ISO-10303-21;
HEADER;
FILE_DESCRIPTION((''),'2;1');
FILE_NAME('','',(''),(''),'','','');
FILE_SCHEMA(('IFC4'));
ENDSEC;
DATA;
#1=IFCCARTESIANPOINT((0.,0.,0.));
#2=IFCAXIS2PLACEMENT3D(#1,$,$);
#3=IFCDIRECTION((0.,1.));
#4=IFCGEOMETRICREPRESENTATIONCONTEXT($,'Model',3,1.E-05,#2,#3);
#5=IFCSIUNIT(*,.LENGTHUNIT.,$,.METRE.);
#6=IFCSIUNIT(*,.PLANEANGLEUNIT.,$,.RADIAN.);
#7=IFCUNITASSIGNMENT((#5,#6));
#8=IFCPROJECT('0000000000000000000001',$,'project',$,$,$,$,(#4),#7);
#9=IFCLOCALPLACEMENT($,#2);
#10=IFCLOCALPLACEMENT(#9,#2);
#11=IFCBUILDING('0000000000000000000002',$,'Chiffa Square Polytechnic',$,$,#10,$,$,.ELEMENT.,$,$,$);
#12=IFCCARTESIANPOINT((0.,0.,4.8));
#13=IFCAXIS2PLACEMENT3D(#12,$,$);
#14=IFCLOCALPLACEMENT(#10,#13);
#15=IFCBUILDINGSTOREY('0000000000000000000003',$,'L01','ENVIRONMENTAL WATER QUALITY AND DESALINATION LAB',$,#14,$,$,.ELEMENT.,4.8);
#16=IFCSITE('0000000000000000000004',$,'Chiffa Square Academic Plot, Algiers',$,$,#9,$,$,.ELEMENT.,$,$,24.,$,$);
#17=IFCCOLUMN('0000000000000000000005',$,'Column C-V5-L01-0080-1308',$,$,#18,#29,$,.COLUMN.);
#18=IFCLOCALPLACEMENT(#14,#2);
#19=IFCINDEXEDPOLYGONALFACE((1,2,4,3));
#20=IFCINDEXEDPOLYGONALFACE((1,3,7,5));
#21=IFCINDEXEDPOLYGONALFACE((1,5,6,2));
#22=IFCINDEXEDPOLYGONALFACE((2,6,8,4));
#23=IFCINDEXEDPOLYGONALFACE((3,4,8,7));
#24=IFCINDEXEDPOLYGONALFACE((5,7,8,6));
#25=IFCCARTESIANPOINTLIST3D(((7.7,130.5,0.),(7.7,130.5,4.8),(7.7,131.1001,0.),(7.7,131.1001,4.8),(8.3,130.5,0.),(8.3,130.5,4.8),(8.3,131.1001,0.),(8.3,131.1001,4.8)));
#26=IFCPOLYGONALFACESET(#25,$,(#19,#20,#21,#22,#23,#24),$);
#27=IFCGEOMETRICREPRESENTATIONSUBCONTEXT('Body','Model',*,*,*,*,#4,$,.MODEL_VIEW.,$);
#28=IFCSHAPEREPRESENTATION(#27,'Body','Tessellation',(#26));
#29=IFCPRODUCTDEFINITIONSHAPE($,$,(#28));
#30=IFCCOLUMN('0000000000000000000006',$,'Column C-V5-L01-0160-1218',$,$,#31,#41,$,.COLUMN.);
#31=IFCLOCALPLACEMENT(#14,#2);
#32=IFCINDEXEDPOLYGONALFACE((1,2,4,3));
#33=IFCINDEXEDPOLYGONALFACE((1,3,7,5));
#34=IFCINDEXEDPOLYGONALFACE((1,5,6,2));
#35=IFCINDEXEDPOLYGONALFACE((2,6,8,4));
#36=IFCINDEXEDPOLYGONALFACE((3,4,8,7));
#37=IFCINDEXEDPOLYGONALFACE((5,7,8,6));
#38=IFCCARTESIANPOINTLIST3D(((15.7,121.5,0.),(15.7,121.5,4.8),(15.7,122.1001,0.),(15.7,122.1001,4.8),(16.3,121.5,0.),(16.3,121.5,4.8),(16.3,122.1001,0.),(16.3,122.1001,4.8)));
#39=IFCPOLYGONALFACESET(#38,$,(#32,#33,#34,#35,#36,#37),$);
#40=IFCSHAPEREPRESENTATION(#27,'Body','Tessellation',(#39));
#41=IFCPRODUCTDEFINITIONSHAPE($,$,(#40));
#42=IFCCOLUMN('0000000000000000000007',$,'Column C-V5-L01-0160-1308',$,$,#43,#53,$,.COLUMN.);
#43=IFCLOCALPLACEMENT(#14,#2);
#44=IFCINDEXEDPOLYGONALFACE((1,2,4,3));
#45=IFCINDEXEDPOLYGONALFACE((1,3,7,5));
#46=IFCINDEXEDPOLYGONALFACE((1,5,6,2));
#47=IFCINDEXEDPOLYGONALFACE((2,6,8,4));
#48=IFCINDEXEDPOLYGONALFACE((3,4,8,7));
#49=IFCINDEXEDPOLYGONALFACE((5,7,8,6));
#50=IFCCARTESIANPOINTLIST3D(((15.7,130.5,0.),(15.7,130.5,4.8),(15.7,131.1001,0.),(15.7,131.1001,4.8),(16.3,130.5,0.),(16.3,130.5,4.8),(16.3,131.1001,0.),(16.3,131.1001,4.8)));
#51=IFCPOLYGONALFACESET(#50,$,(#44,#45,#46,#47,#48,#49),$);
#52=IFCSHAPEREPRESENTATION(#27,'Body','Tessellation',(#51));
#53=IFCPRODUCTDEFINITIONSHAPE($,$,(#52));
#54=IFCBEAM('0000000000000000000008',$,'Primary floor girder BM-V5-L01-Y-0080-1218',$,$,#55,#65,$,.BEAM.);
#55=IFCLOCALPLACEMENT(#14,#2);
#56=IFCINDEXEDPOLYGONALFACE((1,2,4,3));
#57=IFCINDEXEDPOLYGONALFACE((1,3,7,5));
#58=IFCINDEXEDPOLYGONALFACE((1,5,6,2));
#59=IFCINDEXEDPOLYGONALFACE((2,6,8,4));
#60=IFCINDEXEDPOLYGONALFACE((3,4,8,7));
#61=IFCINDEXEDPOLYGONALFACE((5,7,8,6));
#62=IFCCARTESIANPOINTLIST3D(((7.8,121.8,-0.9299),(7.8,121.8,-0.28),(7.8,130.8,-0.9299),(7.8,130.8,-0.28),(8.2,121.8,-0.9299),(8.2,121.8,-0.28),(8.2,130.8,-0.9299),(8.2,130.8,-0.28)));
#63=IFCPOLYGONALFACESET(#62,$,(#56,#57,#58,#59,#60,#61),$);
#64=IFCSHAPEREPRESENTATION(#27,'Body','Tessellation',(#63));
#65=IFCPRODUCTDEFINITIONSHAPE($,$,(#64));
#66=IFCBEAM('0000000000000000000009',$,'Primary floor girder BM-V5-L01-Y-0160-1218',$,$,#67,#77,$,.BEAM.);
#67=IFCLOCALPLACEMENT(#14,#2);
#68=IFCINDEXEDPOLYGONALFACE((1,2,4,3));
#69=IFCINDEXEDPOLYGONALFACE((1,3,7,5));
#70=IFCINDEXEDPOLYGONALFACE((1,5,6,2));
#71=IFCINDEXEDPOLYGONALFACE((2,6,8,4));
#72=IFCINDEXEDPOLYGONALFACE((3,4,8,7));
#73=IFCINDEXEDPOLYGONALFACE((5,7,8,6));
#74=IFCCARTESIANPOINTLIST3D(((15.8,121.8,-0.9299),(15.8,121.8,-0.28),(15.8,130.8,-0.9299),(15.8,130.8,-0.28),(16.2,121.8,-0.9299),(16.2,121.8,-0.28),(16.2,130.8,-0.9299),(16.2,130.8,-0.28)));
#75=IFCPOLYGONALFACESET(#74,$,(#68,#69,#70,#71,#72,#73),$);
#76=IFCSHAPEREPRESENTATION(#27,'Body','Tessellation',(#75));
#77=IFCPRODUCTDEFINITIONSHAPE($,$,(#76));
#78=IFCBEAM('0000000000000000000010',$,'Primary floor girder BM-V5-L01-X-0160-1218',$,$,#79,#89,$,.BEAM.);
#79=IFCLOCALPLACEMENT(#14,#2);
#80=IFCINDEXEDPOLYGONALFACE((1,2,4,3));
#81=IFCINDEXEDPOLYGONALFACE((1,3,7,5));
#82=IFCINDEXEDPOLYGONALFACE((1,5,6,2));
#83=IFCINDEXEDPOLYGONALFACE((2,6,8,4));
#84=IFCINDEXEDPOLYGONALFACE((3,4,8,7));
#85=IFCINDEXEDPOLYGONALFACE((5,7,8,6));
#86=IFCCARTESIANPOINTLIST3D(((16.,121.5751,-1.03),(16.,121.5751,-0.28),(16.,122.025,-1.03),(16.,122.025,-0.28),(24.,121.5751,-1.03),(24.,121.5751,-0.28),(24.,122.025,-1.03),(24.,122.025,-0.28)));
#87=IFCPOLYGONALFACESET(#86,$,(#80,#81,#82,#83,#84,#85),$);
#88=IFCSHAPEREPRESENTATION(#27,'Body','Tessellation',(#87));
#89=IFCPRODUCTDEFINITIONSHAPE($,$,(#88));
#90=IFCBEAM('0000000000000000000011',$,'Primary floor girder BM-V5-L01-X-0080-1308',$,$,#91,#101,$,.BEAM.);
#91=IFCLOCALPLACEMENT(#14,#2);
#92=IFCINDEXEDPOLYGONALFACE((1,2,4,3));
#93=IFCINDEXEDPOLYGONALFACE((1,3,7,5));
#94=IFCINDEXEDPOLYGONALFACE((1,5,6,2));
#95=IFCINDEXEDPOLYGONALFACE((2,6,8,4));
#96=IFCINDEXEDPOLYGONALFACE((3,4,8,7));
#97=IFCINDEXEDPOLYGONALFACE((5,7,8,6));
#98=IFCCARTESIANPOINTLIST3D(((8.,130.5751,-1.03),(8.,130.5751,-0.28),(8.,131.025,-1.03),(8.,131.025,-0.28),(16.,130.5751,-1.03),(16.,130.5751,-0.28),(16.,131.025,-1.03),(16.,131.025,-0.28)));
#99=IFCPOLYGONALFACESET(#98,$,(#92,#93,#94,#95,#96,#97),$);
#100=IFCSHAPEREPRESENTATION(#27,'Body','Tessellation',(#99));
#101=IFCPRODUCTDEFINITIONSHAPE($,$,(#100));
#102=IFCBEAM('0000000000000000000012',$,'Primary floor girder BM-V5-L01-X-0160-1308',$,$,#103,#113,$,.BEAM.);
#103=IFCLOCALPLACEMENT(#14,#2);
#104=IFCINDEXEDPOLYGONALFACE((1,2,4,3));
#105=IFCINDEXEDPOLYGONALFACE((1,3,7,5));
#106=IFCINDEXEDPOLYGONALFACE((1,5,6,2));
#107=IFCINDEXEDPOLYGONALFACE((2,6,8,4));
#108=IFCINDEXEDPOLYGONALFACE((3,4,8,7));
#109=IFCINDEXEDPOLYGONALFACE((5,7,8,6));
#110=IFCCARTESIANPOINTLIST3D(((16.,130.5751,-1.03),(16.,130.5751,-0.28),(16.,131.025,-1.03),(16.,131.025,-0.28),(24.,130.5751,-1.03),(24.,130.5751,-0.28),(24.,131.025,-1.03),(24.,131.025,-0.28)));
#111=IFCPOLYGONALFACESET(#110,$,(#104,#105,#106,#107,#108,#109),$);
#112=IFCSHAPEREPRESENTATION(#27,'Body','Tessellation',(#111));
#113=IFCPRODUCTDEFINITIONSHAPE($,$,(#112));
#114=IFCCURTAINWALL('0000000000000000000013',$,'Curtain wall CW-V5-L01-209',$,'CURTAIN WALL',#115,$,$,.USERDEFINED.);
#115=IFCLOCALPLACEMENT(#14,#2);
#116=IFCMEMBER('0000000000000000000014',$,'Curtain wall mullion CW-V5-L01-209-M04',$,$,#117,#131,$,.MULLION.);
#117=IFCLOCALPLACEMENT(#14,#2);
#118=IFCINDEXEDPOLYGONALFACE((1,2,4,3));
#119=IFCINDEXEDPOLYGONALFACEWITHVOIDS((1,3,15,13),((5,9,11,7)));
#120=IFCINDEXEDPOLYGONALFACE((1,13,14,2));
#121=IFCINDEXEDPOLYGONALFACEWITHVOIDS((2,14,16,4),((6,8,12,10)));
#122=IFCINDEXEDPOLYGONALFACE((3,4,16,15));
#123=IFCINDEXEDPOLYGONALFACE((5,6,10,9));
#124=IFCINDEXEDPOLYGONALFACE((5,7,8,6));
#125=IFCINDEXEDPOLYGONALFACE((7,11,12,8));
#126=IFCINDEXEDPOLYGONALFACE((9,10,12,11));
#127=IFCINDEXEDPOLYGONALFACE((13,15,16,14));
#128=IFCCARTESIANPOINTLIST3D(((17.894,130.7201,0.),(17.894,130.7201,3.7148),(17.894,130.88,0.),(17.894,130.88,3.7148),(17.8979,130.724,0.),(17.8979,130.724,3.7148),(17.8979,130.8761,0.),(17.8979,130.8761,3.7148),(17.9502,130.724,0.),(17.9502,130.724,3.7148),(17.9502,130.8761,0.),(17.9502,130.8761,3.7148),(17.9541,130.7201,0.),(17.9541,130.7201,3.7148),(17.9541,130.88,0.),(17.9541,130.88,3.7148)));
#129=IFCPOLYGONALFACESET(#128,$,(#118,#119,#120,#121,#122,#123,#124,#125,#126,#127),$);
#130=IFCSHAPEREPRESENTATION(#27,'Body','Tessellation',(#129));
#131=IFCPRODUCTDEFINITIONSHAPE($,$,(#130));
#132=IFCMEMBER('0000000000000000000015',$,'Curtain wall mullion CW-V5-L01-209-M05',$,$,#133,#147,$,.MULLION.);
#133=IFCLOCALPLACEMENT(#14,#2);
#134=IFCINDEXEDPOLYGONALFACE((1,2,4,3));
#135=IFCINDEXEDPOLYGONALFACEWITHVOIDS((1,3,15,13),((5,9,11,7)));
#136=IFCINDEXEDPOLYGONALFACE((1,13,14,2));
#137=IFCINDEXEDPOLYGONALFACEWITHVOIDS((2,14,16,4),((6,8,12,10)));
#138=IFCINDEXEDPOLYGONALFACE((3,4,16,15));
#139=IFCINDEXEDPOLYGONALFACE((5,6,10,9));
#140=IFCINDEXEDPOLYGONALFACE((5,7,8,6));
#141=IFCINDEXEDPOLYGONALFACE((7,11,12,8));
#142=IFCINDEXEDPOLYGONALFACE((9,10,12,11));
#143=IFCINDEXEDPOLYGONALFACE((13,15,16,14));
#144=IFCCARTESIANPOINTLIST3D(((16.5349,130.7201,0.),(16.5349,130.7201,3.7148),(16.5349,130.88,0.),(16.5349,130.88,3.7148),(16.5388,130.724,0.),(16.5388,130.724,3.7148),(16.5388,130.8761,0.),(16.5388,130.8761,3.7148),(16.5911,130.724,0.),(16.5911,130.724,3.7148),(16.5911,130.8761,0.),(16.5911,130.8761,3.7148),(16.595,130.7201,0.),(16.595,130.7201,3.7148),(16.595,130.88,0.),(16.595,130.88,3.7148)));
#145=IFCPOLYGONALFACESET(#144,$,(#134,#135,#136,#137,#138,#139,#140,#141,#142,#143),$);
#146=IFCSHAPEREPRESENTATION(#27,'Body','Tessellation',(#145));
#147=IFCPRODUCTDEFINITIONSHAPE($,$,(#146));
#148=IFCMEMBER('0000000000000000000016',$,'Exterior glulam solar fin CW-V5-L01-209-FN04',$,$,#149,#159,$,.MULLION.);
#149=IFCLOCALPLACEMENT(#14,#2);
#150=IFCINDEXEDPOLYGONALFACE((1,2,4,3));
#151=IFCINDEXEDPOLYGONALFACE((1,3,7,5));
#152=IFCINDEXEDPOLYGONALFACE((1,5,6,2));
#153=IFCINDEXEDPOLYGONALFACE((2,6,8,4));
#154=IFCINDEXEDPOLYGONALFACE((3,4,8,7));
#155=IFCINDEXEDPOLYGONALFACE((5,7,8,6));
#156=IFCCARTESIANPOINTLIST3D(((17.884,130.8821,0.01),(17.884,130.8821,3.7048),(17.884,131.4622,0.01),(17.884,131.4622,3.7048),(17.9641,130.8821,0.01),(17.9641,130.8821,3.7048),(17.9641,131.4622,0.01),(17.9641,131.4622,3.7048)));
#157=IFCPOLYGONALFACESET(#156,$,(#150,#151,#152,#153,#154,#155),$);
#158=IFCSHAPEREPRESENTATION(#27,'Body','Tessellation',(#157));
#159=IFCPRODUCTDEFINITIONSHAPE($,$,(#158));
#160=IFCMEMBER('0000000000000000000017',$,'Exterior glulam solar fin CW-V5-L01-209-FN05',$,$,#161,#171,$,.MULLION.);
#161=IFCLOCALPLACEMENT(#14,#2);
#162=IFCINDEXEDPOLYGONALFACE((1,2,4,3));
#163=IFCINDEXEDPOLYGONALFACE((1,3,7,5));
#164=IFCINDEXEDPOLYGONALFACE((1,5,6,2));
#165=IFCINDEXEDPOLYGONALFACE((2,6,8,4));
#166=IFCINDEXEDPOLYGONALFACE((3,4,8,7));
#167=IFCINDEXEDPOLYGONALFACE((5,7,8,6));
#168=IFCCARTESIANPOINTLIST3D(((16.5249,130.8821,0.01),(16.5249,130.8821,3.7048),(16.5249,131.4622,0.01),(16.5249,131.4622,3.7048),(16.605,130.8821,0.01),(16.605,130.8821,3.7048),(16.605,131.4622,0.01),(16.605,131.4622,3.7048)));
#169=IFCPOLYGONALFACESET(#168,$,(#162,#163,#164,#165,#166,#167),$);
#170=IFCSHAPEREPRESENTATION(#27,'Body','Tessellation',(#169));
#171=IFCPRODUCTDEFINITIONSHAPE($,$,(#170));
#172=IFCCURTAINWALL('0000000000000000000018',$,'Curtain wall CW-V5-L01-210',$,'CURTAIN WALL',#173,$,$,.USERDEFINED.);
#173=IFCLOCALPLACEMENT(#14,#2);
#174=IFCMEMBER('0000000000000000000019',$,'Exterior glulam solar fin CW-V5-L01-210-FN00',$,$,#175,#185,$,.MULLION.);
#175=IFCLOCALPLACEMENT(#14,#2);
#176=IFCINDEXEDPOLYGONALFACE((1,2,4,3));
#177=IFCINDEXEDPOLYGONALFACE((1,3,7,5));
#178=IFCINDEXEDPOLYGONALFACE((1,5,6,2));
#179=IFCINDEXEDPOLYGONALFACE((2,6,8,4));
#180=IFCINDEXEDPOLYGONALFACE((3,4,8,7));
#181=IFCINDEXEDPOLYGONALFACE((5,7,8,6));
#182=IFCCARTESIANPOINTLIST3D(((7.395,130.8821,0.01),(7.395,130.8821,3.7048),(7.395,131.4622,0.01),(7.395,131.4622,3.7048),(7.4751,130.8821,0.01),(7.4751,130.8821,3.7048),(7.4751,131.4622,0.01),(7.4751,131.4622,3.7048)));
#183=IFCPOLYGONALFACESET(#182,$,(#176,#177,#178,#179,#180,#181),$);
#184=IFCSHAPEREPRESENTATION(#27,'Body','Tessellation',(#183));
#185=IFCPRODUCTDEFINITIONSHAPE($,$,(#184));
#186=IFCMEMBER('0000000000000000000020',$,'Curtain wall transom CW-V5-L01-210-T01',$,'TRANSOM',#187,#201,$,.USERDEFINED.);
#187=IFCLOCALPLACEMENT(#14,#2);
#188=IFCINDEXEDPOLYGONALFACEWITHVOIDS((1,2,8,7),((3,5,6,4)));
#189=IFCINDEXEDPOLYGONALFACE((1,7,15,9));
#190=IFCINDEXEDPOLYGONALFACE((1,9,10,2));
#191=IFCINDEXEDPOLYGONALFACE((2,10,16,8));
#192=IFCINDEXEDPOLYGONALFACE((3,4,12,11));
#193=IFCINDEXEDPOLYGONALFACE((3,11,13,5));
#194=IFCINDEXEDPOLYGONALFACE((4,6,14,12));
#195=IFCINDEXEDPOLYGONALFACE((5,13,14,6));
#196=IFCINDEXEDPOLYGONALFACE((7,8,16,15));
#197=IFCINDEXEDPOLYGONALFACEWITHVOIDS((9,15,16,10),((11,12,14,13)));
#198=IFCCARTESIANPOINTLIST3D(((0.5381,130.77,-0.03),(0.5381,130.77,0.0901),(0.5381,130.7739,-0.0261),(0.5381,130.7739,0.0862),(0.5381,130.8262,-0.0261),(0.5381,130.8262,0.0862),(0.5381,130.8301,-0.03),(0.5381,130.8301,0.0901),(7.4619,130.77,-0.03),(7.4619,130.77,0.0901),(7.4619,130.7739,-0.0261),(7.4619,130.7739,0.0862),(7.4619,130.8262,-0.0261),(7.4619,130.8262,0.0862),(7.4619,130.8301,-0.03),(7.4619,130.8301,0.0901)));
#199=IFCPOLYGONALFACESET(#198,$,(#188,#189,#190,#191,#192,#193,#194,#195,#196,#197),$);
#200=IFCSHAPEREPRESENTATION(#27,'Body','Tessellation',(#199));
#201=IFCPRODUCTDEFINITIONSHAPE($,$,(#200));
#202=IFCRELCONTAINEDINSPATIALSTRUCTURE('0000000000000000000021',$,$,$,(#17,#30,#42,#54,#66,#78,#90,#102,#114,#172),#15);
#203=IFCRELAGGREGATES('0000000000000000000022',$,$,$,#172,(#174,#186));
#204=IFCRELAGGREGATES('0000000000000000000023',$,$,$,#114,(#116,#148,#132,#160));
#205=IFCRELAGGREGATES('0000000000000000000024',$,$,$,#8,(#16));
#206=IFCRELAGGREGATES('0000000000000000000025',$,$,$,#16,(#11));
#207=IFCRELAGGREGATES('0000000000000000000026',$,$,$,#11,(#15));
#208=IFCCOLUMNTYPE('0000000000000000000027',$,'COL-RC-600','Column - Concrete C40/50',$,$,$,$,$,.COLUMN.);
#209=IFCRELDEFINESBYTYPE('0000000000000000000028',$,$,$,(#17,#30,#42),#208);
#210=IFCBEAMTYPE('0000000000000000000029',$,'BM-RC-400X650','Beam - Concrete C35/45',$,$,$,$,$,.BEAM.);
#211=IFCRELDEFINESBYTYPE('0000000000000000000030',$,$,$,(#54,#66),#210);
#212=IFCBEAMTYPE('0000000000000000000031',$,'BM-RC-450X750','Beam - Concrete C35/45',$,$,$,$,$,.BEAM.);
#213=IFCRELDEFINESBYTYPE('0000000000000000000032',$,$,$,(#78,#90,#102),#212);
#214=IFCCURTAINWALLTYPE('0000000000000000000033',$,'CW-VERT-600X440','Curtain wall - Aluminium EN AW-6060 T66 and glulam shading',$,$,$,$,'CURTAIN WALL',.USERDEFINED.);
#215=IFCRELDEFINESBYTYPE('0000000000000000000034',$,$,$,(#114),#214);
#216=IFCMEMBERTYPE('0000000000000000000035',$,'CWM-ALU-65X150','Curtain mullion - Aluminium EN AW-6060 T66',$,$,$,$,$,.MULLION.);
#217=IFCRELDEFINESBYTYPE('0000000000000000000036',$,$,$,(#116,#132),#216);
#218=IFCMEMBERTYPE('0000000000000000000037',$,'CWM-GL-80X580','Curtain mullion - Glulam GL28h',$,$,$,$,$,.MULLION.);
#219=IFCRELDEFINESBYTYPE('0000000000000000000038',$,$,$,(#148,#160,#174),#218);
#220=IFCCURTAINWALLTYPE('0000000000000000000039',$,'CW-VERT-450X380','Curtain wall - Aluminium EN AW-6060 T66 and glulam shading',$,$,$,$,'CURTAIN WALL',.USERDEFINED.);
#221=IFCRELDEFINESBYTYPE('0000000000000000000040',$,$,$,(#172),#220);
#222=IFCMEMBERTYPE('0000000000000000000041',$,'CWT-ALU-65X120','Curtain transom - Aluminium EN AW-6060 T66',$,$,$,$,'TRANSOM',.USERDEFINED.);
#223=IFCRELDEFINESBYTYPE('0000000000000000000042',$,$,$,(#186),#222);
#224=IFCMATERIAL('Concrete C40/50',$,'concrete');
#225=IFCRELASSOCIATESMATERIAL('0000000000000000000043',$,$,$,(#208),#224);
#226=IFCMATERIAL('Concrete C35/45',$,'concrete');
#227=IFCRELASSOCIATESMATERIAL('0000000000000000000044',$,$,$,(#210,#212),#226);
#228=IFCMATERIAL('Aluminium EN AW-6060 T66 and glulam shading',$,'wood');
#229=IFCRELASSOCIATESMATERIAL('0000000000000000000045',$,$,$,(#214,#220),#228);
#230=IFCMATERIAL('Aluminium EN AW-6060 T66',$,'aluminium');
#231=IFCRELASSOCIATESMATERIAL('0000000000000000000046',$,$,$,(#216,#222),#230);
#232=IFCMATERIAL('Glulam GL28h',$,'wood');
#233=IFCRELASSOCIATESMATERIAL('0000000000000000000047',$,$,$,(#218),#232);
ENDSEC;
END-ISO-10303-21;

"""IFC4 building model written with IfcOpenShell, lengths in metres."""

from ifc_helpers import new_model, si_unit, direction, frame, origin, origin_2d, place, context, subcontext, project, spatial, rectangle, hollow_rectangle, extrude, material, material_profile, profile_set, type_object, element, aggregate, save


model = new_model("IFC4")

# Units and contexts
model_context = context("Model", 3, precision=1e-05, world=origin(), true_north=direction((0.0, 1.0)))
body_context = subcontext(model_context, "Body", "Model", "MODEL_VIEW")
ifc_project = project(units=[si_unit("LENGTHUNIT", "METRE"), si_unit("PLANEANGLEUNIT", "RADIAN")], contexts=[model_context])

# Site, building, storey
site_placement = place(None, origin())
site = spatial("IfcSite", under=ifc_project, at=site_placement, Name="Chiffa Square Academic Plot, Algiers", CompositionType="ELEMENT", RefElevation=24.0)
building_placement = place(site_placement, origin())
building = spatial("IfcBuilding", under=site, at=building_placement, Name="Chiffa Square Polytechnic", CompositionType="ELEMENT")
storey_placement = place(building_placement, frame((0.0, 0.0, 4.8)))
storey = spatial("IfcBuildingStorey", under=building, at=storey_placement, Name="L01", Description="ENVIRONMENTAL WATER QUALITY AND DESALINATION LAB", CompositionType="ELEMENT", Elevation=4.8)

# Columns
ifc_material_1 = material(Name="Concrete C40/50", Category="concrete")
ifc_material_profile_1 = material_profile(ifc_material_1, rectangle(XDim=0.6001, YDim=0.6001, at=origin_2d()), Name="RC 600x600")
ifc_profile_set_1 = profile_set([ifc_material_profile_1], Name="Concrete C40/50")
column_type = type_object("IfcColumnType", Name="COL-RC-600", Description="Column - Concrete C40/50", PredefinedType="COLUMN", material=ifc_profile_set_1)
for number, where, z_axis, x_axis, name in (
    (1, (8.0, 130.8, 0.0), (0.0, 0.0, 1.0), (1.0, 0.0, 0.0), "Column C-V5-L01-0080-1308"),
    (2, (16.0, 121.8, 0.0), (0.0, 0.0, 1.0), (1.0, 0.0, 0.0), "Column C-V5-L01-0160-1218"),
    (3, (16.0, 130.8, 0.0), (0.0, 0.0, 1.0), (1.0, 0.0, 0.0), "Column C-V5-L01-0160-1308"),
):
    element("IfcColumn", number, at=place(storey_placement, frame(where, z_axis=z_axis, x_axis=x_axis)), inside=storey, type_object=column_type, Name=name, PredefinedType="COLUMN", context=body_context, shape_type="SweptSolid", body=[
        extrude(rectangle(XDim=0.6001, YDim=0.6001, at=origin_2d()), origin(), (0.0, 0.0, 1.0), 4.8),
    ])

# Beams
ifc_material_2 = material(Name="Concrete C35/45", Category="concrete")
ifc_material_profile_2 = material_profile(ifc_material_2, rectangle(XDim=0.3999, YDim=0.6499, at=origin_2d()), Name="RC 400x650")
ifc_profile_set_2 = profile_set([ifc_material_profile_2], Name="Concrete C35/45")
beam_type_1 = type_object("IfcBeamType", Name="BM-RC-400X650", Description="Beam - Concrete C35/45", PredefinedType="BEAM", material=ifc_profile_set_2)
for number, where, z_axis, x_axis, name in (
    (4, (8.0, 121.8, -0.605), (0.0, 1.0, 0.0), (-1.0, 0.0, 0.0), "Primary floor girder BM-V5-L01-Y-0080-1218"),
    (5, (16.0, 121.8, -0.605), (0.0, 1.0, 0.0), (-1.0, 0.0, 0.0), "Primary floor girder BM-V5-L01-Y-0160-1218"),
):
    element("IfcBeam", number, at=place(storey_placement, frame(where, z_axis=z_axis, x_axis=x_axis)), inside=storey, type_object=beam_type_1, Name=name, PredefinedType="BEAM", context=body_context, shape_type="SweptSolid", body=[
        extrude(rectangle(XDim=0.3999, YDim=0.6499, at=origin_2d()), origin(), (0.0, 0.0, 1.0), 9.0),
    ])
ifc_material_profile_3 = material_profile(ifc_material_2, rectangle(XDim=0.45, YDim=0.75, at=origin_2d()), Name="RC 450x750")
ifc_profile_set_3 = profile_set([ifc_material_profile_3], Name="Concrete C35/45")
beam_type_2 = type_object("IfcBeamType", Name="BM-RC-450X750", Description="Beam - Concrete C35/45", PredefinedType="BEAM", material=ifc_profile_set_3)
for number, where, z_axis, x_axis, name in (
    (6, (16.0, 121.8, -0.655), (1.0, 0.0, 0.0), (0.0, 1.0, 0.0), "Primary floor girder BM-V5-L01-X-0160-1218"),
    (7, (8.0, 130.8, -0.655), (1.0, 0.0, 0.0), (0.0, 1.0, 0.0), "Primary floor girder BM-V5-L01-X-0080-1308"),
    (8, (16.0, 130.8, -0.655), (1.0, 0.0, 0.0), (0.0, 1.0, 0.0), "Primary floor girder BM-V5-L01-X-0160-1308"),
):
    element("IfcBeam", number, at=place(storey_placement, frame(where, z_axis=z_axis, x_axis=x_axis)), inside=storey, type_object=beam_type_2, Name=name, PredefinedType="BEAM", context=body_context, shape_type="SweptSolid", body=[
        extrude(rectangle(XDim=0.45, YDim=0.75, at=origin_2d()), origin(), (0.0, 0.0, 1.0), 8.0),
    ])

# Curtain walls, members
ifc_material_3 = material(Name="Aluminium EN AW-6060 T66 and glulam shading", Category="wood")
curtain_wall_type_1 = type_object("IfcCurtainWallType", Name="CW-VERT-600X440", Description="Curtain wall - Aluminium EN AW-6060 T66 and glulam shading", ElementType="CURTAIN WALL", PredefinedType="USERDEFINED", material=ifc_material_3)
curtain_wall_1_placement = place(storey_placement, origin())
curtain_wall_1 = element("IfcCurtainWall", 9, at=curtain_wall_1_placement, inside=storey, type_object=curtain_wall_type_1, Name="Curtain wall CW-V5-L01-209", ObjectType="CURTAIN WALL", PredefinedType="USERDEFINED")
ifc_material_4 = material(Name="Aluminium EN AW-6060 T66", Category="aluminium")
ifc_material_profile_4 = material_profile(ifc_material_4, hollow_rectangle(XDim=0.0601, YDim=0.1599, WallThickness=0.0039, at=origin_2d()), Name="ALU 60x160x4")
ifc_profile_set_4 = profile_set([ifc_material_profile_4], Name="Aluminium EN AW-6060 T66")
member_type_1 = type_object("IfcMemberType", Name="CWM-ALU-65X150", Description="Curtain mullion - Aluminium EN AW-6060 T66", PredefinedType="MULLION", material=ifc_profile_set_4)
member_1_placement = place(storey_placement, frame((17.9241, 130.8, 0.0), z_axis=(0.0, 0.0, 1.0), x_axis=(1.0, 0.0, 0.0)))
member_1 = element("IfcMember", 10, at=member_1_placement, type_object=member_type_1, Name="Curtain wall mullion CW-V5-L01-209-M04", PredefinedType="MULLION", context=body_context, shape_type="SweptSolid", body=[
    extrude(hollow_rectangle(XDim=0.0601, YDim=0.1599, WallThickness=0.0039, at=origin_2d()), origin(), (0.0, 0.0, 1.0), 3.7148),
])
member_2_placement = place(storey_placement, frame((16.5649, 130.8, 0.0), z_axis=(0.0, 0.0, 1.0), x_axis=(1.0, 0.0, 0.0)))
member_2 = element("IfcMember", 11, at=member_2_placement, type_object=member_type_1, Name="Curtain wall mullion CW-V5-L01-209-M05", PredefinedType="MULLION", context=body_context, shape_type="SweptSolid", body=[
    extrude(hollow_rectangle(XDim=0.0601, YDim=0.1599, WallThickness=0.0039, at=origin_2d()), origin(), (0.0, 0.0, 1.0), 3.7148),
])
ifc_material_5 = material(Name="Glulam GL28h", Category="wood")
ifc_material_profile_5 = material_profile(ifc_material_5, rectangle(XDim=0.0801, YDim=0.5801, at=origin_2d()), Name="GL28h 80x580")
ifc_profile_set_5 = profile_set([ifc_material_profile_5], Name="Glulam GL28h")
member_type_2 = type_object("IfcMemberType", Name="CWM-GL-80X580", Description="Curtain mullion - Glulam GL28h", PredefinedType="MULLION", material=ifc_profile_set_5)
member_3_placement = place(storey_placement, frame((17.9241, 131.1721, 0.01), z_axis=(0.0, 0.0, 1.0), x_axis=(-1.0, 0.0, 0.0)))
member_3 = element("IfcMember", 12, at=member_3_placement, type_object=member_type_2, Name="Exterior glulam solar fin CW-V5-L01-209-FN04", PredefinedType="MULLION", context=body_context, shape_type="SweptSolid", body=[
    extrude(rectangle(XDim=0.0801, YDim=0.5801, at=origin_2d()), origin(), (0.0, 0.0, 1.0), 3.6948),
])
member_4_placement = place(storey_placement, frame((16.5649, 131.1721, 0.01), z_axis=(0.0, 0.0, 1.0), x_axis=(-1.0, 0.0, 0.0)))
member_4 = element("IfcMember", 13, at=member_4_placement, type_object=member_type_2, Name="Exterior glulam solar fin CW-V5-L01-209-FN05", PredefinedType="MULLION", context=body_context, shape_type="SweptSolid", body=[
    extrude(rectangle(XDim=0.0801, YDim=0.5801, at=origin_2d()), origin(), (0.0, 0.0, 1.0), 3.6948),
])
curtain_wall_type_2 = type_object("IfcCurtainWallType", Name="CW-VERT-450X380", Description="Curtain wall - Aluminium EN AW-6060 T66 and glulam shading", ElementType="CURTAIN WALL", PredefinedType="USERDEFINED", material=ifc_material_3)
curtain_wall_2_placement = place(storey_placement, origin())
curtain_wall_2 = element("IfcCurtainWall", 14, at=curtain_wall_2_placement, inside=storey, type_object=curtain_wall_type_2, Name="Curtain wall CW-V5-L01-210", ObjectType="CURTAIN WALL", PredefinedType="USERDEFINED")
member_5_placement = place(storey_placement, frame((7.4351, 131.1721, 0.01), z_axis=(0.0, 0.0, 1.0), x_axis=(-1.0, 0.0, 0.0)))
member_5 = element("IfcMember", 15, at=member_5_placement, type_object=member_type_2, Name="Exterior glulam solar fin CW-V5-L01-210-FN00", PredefinedType="MULLION", context=body_context, shape_type="SweptSolid", body=[
    extrude(rectangle(XDim=0.0801, YDim=0.5801, at=origin_2d()), origin(), (0.0, 0.0, 1.0), 3.6948),
])
ifc_material_profile_6 = material_profile(ifc_material_4, hollow_rectangle(XDim=0.0601, YDim=0.1201, WallThickness=0.0039, at=origin_2d()), Name="ALU 60x120x4")
ifc_profile_set_6 = profile_set([ifc_material_profile_6], Name="Aluminium EN AW-6060 T66")
member_type_3 = type_object("IfcMemberType", Name="CWT-ALU-65X120", Description="Curtain transom - Aluminium EN AW-6060 T66", ElementType="TRANSOM", PredefinedType="USERDEFINED", material=ifc_profile_set_6)
member_6_placement = place(storey_placement, frame((7.4619, 130.8, 0.03), z_axis=(-1.0, 0.0, 0.0), x_axis=(0.0, -1.0, 0.0)))
member_6 = element("IfcMember", 16, at=member_6_placement, type_object=member_type_3, Name="Curtain wall transom CW-V5-L01-210-T01", ObjectType="TRANSOM", PredefinedType="USERDEFINED", context=body_context, shape_type="SweptSolid", body=[
    extrude(hollow_rectangle(XDim=0.0601, YDim=0.1201, WallThickness=0.0039, at=origin_2d()), origin(), (0.0, 0.0, 1.0), 6.9238),
])
aggregate(curtain_wall_2, [member_5, member_6])

aggregate(curtain_wall_1, [member_1, member_3, member_2, member_4])

save(model, "model.ifc")
